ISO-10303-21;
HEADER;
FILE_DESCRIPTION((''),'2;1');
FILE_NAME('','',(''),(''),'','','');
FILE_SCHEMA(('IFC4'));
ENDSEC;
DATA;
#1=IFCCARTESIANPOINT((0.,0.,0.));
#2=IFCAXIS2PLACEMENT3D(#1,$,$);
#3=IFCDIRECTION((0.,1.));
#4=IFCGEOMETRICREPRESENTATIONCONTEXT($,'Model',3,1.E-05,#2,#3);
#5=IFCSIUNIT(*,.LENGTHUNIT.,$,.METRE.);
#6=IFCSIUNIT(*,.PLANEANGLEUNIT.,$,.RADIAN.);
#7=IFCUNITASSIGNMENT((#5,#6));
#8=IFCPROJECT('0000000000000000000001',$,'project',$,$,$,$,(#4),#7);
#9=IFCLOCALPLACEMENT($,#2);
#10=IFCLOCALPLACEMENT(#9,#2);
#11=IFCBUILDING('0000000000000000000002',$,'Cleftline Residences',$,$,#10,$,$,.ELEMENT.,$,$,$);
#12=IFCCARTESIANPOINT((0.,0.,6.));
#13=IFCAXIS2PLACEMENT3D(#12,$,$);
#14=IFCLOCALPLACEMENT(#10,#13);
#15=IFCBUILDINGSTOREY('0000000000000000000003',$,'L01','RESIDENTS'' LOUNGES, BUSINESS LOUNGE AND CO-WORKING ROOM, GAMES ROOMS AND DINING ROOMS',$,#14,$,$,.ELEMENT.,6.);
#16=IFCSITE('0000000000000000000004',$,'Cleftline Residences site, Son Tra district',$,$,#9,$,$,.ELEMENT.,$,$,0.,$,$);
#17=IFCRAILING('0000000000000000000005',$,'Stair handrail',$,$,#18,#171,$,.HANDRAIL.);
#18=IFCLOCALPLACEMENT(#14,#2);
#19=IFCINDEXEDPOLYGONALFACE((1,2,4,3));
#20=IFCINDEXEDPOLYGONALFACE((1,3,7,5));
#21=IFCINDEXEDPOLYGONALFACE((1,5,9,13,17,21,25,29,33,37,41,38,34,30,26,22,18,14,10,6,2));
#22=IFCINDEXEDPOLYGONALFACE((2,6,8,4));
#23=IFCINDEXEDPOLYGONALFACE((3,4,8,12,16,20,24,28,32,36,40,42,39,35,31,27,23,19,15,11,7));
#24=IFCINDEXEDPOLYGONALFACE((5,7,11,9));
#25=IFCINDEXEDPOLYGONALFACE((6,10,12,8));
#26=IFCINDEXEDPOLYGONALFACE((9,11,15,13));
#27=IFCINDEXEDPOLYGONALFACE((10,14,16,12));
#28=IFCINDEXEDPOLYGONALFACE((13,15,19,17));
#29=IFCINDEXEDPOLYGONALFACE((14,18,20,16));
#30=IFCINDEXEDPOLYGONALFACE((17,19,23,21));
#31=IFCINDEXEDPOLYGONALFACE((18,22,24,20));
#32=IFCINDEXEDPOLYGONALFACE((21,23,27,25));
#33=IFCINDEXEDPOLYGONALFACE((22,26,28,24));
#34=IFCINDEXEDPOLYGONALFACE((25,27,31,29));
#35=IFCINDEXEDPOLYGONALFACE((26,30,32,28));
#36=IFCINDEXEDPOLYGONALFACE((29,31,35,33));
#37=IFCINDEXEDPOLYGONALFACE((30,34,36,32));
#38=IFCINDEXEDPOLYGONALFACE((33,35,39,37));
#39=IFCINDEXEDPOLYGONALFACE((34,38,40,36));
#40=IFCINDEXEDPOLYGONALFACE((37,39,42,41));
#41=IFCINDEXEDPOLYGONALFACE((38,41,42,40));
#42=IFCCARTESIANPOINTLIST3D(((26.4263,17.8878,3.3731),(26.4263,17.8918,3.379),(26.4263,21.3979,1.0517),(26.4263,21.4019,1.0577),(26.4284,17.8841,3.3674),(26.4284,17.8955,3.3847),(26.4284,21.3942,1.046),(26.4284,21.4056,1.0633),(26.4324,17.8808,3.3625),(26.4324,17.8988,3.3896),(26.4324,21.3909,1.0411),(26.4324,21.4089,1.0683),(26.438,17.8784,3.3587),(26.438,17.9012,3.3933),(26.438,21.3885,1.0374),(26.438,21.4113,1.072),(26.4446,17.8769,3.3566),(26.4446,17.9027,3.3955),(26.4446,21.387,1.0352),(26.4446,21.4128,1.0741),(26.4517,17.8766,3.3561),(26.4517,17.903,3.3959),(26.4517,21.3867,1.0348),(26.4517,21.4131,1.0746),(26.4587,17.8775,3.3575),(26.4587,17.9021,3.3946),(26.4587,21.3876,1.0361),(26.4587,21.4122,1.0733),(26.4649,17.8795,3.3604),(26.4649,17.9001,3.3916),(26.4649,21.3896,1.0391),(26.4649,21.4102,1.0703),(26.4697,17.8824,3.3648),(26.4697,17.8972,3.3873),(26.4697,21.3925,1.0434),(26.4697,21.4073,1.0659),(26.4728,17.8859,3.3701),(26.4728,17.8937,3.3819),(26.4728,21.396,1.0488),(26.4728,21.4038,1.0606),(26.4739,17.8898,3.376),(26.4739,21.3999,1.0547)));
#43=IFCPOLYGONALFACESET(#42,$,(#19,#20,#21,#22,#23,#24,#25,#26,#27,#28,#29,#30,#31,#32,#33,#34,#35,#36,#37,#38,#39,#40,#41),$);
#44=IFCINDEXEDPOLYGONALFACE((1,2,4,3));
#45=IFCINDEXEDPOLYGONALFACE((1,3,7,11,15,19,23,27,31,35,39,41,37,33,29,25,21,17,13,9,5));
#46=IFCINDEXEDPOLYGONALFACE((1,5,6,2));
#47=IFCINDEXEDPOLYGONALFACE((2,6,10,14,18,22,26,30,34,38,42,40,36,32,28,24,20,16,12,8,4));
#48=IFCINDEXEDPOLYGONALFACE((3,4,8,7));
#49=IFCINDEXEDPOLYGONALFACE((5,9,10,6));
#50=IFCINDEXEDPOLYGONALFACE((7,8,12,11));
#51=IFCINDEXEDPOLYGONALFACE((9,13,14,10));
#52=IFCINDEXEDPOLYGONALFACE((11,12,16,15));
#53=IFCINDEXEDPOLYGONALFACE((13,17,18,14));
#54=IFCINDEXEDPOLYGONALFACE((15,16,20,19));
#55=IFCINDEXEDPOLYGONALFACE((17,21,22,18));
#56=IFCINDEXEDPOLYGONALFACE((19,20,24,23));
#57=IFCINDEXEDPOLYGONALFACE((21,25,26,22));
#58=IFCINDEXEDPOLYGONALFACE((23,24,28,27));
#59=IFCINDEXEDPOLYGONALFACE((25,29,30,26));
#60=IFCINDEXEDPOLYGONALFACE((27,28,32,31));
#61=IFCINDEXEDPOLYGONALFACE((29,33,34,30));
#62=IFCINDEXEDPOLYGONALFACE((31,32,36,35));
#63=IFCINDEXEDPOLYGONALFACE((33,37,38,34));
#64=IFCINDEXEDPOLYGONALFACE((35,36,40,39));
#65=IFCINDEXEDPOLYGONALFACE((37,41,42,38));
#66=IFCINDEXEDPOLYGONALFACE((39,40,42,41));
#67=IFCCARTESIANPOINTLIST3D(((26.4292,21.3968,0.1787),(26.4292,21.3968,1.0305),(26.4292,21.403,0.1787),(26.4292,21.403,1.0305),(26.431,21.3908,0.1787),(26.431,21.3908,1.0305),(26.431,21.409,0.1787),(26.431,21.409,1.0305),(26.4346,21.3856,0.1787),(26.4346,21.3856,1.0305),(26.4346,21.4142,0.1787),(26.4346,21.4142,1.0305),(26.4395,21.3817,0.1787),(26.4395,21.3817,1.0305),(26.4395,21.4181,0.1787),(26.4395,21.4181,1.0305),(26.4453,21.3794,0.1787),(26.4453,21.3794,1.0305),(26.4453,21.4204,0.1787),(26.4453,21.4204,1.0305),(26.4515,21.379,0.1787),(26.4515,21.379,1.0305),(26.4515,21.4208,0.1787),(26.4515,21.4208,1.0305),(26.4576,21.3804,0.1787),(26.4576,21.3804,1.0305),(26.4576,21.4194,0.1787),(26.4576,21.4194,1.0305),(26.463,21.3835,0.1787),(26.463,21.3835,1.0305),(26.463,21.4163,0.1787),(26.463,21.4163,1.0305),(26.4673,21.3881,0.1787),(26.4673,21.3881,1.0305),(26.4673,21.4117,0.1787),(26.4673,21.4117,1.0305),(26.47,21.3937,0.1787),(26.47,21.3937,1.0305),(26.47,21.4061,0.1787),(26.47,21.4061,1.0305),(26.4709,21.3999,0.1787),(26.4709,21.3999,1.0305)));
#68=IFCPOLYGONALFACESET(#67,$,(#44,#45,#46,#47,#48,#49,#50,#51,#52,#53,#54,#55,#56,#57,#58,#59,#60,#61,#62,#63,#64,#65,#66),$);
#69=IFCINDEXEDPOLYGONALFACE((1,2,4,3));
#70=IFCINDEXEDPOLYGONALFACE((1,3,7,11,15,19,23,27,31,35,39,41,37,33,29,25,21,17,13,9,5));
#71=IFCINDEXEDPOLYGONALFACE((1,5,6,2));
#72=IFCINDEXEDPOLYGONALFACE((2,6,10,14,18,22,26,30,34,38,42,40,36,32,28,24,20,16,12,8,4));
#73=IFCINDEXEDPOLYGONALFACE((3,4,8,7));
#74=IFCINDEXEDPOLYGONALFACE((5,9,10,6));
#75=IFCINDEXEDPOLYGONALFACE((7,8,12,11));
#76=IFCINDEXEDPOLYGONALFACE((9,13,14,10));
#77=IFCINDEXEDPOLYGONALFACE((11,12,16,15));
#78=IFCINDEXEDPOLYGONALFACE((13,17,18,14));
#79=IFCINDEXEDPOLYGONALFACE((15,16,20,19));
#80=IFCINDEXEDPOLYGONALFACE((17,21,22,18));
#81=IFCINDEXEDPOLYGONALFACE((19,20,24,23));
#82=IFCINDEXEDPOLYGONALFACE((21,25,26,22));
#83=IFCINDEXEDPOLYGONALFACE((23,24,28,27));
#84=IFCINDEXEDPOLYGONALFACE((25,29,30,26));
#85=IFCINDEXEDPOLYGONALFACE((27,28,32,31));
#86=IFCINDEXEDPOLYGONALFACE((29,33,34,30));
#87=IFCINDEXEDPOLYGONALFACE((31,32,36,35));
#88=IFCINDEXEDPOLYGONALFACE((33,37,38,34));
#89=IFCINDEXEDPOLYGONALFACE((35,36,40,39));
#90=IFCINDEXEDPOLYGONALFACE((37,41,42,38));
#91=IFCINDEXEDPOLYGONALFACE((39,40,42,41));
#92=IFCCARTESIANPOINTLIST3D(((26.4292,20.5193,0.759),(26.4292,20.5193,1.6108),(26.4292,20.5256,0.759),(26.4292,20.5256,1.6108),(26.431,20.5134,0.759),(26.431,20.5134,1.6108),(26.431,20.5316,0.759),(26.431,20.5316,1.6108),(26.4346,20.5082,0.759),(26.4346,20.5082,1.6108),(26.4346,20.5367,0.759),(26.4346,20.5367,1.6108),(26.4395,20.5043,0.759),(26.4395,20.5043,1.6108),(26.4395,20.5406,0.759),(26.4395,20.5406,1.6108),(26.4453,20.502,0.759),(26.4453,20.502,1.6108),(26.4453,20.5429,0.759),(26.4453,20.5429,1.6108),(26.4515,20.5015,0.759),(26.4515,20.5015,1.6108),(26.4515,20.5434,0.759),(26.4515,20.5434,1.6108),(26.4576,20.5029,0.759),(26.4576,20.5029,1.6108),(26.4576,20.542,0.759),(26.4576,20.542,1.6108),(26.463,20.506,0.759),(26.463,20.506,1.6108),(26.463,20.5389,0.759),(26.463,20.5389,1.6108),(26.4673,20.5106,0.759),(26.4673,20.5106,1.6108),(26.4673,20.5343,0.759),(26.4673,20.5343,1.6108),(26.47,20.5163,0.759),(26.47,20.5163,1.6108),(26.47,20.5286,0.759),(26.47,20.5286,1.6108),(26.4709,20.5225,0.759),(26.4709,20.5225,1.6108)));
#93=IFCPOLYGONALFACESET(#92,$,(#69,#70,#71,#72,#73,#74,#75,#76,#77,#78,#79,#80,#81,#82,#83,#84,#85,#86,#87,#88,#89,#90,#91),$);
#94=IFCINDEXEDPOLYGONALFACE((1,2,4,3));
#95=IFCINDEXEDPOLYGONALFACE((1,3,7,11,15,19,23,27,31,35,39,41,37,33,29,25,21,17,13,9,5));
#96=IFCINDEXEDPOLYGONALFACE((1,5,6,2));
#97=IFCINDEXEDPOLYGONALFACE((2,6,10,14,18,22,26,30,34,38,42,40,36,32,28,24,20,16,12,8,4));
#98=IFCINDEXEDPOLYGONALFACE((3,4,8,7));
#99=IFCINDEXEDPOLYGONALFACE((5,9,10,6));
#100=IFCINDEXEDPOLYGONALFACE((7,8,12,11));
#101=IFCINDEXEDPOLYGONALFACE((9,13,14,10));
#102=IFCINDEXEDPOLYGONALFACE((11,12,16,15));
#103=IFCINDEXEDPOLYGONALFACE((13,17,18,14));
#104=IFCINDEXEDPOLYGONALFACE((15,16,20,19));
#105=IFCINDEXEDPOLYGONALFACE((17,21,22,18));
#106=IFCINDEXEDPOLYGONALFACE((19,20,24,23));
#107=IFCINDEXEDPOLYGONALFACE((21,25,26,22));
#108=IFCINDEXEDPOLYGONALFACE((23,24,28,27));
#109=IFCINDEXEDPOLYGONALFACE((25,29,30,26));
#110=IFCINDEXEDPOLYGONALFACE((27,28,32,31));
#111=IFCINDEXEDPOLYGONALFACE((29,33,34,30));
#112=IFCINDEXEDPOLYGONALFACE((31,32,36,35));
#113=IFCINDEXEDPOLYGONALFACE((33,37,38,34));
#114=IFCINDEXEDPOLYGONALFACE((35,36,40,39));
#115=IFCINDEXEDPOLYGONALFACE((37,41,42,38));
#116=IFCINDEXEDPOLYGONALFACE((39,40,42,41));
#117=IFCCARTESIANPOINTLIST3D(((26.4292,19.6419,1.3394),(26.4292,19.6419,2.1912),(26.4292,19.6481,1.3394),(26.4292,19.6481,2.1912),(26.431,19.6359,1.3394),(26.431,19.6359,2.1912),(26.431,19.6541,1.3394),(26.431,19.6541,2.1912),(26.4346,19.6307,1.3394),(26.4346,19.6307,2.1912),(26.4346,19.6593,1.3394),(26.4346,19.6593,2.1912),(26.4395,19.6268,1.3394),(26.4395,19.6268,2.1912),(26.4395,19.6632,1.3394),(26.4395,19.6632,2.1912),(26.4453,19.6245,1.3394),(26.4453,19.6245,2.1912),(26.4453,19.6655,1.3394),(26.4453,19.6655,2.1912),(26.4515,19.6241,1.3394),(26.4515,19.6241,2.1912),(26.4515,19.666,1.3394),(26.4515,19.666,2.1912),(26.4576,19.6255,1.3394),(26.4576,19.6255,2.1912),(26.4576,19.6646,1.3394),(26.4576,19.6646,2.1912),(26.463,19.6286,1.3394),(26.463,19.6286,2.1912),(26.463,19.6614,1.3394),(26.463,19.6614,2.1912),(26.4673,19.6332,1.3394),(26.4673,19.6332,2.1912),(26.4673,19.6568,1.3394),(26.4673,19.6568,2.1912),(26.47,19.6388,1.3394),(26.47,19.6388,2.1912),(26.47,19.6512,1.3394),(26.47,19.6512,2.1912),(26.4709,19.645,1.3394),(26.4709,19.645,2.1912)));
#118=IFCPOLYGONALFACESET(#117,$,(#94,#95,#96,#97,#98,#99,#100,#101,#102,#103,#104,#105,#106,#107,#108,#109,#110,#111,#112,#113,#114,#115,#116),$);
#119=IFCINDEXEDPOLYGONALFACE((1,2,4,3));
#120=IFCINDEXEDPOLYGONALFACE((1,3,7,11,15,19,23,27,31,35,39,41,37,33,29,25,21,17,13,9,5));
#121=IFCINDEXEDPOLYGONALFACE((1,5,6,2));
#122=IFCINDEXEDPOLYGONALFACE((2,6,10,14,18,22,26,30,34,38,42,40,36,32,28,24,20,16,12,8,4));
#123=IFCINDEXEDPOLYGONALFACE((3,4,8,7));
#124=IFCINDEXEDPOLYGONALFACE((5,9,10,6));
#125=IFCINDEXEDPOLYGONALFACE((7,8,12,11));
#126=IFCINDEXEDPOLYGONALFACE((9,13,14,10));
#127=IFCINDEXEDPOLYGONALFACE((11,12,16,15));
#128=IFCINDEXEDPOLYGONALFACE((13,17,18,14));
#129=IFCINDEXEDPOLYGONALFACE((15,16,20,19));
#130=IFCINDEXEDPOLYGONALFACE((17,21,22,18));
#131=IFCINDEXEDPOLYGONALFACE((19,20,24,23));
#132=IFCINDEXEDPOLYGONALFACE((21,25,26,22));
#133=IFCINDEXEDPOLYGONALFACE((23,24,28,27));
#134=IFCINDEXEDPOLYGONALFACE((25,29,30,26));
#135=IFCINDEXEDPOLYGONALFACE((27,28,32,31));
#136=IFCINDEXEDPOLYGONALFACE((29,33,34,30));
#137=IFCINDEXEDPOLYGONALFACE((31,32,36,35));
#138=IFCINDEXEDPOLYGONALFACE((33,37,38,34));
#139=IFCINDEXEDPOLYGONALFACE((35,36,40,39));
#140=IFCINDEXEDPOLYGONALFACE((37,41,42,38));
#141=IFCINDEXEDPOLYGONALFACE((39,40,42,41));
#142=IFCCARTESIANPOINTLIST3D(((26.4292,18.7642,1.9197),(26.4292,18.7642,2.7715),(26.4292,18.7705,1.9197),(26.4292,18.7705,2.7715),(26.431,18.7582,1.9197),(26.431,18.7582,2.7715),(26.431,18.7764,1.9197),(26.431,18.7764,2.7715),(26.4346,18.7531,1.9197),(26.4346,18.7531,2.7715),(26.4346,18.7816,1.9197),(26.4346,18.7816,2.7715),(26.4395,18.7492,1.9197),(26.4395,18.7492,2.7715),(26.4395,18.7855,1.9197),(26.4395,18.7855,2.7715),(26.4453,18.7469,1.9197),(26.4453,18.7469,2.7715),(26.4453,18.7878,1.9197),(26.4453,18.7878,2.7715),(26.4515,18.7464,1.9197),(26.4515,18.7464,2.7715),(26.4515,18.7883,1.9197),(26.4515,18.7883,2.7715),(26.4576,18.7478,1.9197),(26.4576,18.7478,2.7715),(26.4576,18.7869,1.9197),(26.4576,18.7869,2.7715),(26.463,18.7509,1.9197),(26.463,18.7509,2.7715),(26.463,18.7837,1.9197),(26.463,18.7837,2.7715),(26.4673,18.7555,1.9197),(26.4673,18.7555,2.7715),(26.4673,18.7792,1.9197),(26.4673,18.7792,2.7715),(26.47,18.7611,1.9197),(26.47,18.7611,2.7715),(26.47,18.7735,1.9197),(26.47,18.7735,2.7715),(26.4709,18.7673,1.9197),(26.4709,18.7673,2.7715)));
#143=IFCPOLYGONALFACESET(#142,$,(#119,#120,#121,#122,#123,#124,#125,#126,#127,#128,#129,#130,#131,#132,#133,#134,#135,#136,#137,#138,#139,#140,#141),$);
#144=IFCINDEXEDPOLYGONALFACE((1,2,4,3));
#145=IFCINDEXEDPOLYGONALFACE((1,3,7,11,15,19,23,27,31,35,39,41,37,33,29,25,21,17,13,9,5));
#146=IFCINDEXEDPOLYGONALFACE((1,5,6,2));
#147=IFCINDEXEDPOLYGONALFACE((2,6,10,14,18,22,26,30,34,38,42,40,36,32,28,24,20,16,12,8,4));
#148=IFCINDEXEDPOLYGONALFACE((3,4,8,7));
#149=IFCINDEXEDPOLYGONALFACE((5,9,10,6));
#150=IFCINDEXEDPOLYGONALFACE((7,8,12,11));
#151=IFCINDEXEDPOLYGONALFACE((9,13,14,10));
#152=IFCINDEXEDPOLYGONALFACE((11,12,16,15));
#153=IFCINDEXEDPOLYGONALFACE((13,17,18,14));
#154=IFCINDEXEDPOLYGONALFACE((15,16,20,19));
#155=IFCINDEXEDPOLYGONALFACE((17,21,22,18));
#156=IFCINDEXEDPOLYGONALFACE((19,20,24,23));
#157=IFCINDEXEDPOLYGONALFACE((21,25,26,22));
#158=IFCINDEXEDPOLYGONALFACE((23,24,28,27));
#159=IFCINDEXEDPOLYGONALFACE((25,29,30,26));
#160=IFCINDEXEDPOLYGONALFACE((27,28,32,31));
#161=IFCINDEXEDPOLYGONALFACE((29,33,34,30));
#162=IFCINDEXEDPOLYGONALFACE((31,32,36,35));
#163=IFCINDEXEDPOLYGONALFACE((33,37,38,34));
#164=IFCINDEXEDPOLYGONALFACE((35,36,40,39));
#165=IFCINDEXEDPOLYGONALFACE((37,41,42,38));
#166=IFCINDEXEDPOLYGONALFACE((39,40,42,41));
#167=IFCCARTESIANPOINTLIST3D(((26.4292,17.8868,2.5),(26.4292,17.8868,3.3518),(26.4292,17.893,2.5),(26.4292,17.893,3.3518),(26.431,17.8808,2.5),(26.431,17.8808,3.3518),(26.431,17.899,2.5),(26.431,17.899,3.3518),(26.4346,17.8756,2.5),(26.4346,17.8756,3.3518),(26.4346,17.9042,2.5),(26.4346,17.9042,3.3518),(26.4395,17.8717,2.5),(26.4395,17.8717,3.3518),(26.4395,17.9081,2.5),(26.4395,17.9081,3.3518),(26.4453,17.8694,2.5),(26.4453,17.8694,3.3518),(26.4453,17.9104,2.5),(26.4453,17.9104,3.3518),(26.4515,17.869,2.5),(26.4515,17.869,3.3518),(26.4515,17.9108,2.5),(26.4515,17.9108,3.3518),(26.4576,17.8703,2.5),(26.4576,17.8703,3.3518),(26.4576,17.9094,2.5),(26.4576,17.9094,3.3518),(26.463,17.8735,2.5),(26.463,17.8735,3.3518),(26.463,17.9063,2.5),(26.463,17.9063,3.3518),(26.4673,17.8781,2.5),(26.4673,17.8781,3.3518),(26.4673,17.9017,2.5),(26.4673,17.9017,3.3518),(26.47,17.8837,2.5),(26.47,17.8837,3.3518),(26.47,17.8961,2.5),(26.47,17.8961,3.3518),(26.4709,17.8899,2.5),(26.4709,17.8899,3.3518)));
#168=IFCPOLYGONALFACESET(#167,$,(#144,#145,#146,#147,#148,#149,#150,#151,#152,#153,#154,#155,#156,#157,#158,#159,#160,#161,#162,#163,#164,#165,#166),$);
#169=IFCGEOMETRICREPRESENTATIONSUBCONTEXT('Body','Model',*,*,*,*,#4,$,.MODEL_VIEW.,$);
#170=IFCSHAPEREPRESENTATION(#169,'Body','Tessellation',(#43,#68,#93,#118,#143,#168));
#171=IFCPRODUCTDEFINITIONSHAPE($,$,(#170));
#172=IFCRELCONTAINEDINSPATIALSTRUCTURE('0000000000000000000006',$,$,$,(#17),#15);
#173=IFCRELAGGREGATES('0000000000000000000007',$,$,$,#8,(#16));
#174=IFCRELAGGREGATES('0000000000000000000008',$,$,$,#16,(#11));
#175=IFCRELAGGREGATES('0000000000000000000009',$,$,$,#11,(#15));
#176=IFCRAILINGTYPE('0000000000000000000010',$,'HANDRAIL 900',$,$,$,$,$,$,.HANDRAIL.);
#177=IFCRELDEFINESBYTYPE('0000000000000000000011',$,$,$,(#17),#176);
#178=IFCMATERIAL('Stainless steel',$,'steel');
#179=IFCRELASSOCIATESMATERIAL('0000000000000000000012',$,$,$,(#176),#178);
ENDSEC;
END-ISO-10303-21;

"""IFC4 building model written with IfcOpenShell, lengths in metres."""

from ifc_helpers import new_model, si_unit, direction, frame, origin, origin_2d, place, context, subcontext, project, spatial, circle, extrude, material, type_object, element, save


model = new_model("IFC4")

# Units and contexts
model_context = context("Model", 3, precision=1e-05, world=origin(), true_north=direction((0.0, 1.0)))
body_context = subcontext(model_context, "Body", "Model", "MODEL_VIEW")
ifc_project = project(units=[si_unit("LENGTHUNIT", "METRE"), si_unit("PLANEANGLEUNIT", "RADIAN")], contexts=[model_context])

# Site, building, storey
site_placement = place(None, origin())
site = spatial("IfcSite", under=ifc_project, at=site_placement, Name="Cleftline Residences site, Son Tra district", CompositionType="ELEMENT", RefElevation=0.0)
building_placement = place(site_placement, origin())
building = spatial("IfcBuilding", under=site, at=building_placement, Name="Cleftline Residences", CompositionType="ELEMENT")
storey_placement = place(building_placement, frame((0.0, 0.0, 6.0)))
storey = spatial("IfcBuildingStorey", under=building, at=storey_placement, Name="L01", Description="RESIDENTS' LOUNGES, BUSINESS LOUNGE AND CO-WORKING ROOM, GAMES ROOMS AND DINING ROOMS", CompositionType="ELEMENT", Elevation=6.0)

# Railing
ifc_material_1 = material(Name="Stainless steel", Category="steel")
railing_type = type_object("IfcRailingType", Name="HANDRAIL 900", PredefinedType="HANDRAIL", material=ifc_material_1)
railing_1_placement = place(storey_placement, frame((26.45, 21.3999, 0.1787)))
element("IfcRailing", 1, at=railing_1_placement, inside=storey, type_object=railing_type, Name="Stair handrail", PredefinedType="HANDRAIL", context=body_context, shape_type="SweptSolid", body=[
    extrude(circle(Radius=0.0239, at=origin_2d()), frame((0.0, 0.0, 0.876), z_axis=(0.0, -0.834097, 0.551617), x_axis=(1.0, 0.0, 0.0)), (0.0, 0.0, 1.0), 4.2083),
    extrude(circle(Radius=0.021, at=origin_2d()), origin(), (0.0, 0.0, 1.0), 0.8518),
    extrude(circle(Radius=0.021, at=origin_2d()), frame((0.0, -0.8774, 0.5803)), (0.0, 0.0, 1.0), 0.8518),
    extrude(circle(Radius=0.021, at=origin_2d()), frame((0.0, -1.7549, 1.1606)), (0.0, 0.0, 1.0), 0.8518),
    extrude(circle(Radius=0.021, at=origin_2d()), frame((0.0, -2.6326, 1.741)), (0.0, 0.0, 1.0), 0.8518),
    extrude(circle(Radius=0.021, at=origin_2d()), frame((0.0, -3.51, 2.3213)), (0.0, 0.0, 1.0), 0.8518),
])

save(model, "model.ifc")
